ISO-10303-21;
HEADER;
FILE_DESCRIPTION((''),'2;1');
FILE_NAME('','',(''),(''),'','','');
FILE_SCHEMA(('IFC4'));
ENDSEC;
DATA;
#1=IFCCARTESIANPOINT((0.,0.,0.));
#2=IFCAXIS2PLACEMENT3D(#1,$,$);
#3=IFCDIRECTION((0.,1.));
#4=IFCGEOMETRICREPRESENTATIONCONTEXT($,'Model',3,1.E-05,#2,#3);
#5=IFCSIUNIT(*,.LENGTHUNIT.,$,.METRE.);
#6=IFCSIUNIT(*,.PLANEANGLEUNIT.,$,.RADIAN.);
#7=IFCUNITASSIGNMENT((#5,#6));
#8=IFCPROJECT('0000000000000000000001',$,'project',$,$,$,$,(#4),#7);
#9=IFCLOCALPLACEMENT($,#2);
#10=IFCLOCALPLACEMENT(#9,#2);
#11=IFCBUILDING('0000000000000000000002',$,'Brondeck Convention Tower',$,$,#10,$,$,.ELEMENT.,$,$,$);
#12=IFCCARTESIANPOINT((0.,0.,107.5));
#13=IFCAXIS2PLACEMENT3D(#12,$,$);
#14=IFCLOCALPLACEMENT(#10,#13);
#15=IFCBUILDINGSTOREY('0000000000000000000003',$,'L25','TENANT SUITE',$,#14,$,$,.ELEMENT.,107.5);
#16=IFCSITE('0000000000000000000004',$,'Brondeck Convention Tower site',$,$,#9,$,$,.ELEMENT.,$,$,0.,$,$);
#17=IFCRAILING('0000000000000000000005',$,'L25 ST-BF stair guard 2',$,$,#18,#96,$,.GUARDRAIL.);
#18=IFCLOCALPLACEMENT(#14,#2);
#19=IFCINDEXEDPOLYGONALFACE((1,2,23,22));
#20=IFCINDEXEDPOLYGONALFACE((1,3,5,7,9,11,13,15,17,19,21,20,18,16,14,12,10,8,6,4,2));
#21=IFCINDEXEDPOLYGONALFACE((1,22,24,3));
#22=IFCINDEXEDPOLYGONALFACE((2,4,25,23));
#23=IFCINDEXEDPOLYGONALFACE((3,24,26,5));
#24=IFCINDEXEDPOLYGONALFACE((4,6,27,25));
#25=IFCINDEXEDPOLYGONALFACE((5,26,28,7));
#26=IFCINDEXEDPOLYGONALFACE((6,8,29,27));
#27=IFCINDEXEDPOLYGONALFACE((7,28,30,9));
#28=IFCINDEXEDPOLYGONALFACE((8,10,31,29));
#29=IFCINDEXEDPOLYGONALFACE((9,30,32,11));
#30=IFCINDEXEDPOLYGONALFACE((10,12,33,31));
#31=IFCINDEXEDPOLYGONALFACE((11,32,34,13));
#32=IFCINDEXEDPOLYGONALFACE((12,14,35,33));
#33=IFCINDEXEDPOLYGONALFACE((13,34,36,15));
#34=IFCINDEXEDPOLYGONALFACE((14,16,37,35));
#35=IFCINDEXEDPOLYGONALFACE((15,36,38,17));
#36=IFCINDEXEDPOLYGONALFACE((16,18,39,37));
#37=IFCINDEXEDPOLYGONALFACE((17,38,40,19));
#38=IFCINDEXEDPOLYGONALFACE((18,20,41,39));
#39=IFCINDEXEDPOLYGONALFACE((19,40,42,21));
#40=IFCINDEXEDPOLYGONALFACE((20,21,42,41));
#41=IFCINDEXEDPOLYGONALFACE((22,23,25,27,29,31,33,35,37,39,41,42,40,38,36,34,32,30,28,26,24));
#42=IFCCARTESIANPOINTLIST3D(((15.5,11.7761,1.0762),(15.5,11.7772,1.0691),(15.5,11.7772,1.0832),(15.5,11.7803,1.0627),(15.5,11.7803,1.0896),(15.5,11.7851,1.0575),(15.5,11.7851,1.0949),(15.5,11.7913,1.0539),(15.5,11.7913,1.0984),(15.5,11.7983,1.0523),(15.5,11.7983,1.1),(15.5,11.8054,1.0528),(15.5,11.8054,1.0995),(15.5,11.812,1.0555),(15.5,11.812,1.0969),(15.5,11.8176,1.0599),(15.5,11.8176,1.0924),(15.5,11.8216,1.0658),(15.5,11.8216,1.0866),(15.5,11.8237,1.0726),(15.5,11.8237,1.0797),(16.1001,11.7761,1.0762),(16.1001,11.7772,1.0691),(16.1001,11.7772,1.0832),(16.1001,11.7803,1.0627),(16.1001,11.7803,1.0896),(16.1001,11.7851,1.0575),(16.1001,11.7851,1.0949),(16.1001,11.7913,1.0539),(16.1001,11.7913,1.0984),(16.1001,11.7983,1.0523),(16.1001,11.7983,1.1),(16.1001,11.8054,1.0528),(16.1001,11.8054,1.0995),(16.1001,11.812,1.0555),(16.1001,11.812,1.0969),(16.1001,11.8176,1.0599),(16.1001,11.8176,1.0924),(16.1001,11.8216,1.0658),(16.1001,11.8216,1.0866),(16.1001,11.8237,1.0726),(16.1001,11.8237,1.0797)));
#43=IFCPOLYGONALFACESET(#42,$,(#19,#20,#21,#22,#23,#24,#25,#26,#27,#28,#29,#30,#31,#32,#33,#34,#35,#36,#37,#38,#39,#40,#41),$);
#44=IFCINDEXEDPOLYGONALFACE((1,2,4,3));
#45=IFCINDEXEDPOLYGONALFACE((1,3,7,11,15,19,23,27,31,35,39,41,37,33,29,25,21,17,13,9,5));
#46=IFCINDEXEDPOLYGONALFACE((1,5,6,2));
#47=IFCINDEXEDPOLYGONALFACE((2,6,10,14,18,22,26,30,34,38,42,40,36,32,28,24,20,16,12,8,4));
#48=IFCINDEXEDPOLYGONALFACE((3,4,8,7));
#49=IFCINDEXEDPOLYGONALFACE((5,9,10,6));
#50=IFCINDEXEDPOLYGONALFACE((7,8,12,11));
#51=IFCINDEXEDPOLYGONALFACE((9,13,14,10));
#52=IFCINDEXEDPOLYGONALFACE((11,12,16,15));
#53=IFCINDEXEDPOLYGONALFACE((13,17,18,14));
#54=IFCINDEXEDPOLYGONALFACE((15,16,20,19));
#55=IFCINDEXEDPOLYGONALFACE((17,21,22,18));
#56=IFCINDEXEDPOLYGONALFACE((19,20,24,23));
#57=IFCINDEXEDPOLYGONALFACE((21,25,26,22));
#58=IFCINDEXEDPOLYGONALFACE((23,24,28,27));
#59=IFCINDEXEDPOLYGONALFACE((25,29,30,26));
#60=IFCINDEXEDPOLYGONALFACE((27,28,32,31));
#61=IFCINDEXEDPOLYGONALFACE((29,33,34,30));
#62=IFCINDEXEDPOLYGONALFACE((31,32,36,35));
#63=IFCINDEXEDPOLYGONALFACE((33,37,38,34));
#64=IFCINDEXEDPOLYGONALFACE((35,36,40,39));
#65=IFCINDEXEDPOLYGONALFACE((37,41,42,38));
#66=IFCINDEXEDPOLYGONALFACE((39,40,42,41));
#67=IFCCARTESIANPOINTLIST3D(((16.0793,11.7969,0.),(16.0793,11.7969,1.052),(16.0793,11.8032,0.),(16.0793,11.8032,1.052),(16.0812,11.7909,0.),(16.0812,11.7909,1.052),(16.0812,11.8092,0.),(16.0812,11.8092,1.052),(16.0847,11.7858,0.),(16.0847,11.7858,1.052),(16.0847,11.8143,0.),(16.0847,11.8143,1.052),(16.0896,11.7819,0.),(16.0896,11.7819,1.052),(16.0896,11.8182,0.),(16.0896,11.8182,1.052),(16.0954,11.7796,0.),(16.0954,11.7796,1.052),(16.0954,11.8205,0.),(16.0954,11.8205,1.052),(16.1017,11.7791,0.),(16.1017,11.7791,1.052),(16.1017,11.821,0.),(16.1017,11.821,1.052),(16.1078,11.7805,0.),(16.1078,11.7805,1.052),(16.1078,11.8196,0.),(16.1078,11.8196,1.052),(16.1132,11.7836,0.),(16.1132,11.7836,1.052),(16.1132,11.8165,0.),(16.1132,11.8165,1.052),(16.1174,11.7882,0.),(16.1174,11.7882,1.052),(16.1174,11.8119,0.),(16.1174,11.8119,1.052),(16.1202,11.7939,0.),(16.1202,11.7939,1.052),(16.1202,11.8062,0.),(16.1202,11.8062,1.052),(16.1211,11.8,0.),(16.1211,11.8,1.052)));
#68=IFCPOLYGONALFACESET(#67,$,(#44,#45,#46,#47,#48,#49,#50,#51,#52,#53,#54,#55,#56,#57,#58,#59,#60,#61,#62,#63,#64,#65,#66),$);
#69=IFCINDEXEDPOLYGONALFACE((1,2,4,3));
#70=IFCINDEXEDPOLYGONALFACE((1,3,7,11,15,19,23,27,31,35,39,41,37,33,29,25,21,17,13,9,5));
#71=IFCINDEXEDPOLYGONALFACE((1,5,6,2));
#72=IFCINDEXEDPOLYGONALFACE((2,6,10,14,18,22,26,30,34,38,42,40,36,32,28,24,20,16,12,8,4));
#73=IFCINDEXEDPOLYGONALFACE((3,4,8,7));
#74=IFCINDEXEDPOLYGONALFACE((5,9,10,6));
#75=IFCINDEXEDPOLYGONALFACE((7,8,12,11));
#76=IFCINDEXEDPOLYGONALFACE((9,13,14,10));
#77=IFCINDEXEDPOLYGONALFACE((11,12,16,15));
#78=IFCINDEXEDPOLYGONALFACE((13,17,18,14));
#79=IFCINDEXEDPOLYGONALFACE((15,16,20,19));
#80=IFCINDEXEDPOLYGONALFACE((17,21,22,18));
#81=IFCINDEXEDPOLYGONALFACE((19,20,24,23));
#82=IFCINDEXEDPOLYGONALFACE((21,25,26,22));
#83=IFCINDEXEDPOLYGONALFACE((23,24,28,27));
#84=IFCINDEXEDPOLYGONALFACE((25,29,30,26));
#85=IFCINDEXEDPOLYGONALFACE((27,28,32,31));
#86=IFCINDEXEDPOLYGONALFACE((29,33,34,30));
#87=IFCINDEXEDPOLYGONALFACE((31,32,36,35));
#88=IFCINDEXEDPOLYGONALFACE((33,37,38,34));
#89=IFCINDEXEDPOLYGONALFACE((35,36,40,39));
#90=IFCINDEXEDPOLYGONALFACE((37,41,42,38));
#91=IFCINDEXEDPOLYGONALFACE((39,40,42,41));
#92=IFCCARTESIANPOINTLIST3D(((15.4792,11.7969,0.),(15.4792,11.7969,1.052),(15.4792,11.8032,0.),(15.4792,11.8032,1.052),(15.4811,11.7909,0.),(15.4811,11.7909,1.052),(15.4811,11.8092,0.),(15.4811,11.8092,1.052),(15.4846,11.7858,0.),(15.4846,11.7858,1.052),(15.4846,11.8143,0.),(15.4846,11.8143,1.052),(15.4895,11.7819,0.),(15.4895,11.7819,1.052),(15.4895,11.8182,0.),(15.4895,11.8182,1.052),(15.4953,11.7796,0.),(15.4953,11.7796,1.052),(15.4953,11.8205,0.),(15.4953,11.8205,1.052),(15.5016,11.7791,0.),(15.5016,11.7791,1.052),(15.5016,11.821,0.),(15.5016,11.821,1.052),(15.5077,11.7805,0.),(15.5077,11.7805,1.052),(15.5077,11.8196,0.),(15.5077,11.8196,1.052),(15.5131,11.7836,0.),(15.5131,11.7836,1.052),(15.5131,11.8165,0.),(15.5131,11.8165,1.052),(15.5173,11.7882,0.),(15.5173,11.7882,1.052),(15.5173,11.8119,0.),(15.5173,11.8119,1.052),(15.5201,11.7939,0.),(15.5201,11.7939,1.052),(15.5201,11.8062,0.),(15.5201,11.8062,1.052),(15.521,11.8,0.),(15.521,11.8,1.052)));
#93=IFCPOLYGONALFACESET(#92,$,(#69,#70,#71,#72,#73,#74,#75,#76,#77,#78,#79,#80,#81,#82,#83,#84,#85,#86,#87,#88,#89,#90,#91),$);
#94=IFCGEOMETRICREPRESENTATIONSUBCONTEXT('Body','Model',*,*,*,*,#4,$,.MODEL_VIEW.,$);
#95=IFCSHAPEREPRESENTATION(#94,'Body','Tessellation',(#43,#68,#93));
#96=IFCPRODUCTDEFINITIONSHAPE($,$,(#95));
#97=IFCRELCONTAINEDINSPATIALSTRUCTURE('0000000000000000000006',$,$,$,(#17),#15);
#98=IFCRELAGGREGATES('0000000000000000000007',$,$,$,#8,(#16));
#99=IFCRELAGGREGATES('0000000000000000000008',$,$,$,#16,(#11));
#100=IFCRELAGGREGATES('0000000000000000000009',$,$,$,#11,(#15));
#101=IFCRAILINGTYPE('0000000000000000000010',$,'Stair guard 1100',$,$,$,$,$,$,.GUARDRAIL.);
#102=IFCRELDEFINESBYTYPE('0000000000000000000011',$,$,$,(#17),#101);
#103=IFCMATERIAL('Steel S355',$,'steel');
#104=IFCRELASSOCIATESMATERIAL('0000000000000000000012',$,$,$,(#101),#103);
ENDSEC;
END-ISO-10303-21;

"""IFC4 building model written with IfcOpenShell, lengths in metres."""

from ifc_helpers import new_model, si_unit, direction, frame, origin, origin_2d, place, context, subcontext, project, spatial, circle, extrude, material, type_object, element, save


model = new_model("IFC4")

# Units and contexts
model_context = context("Model", 3, precision=1e-05, world=origin(), true_north=direction((0.0, 1.0)))
body_context = subcontext(model_context, "Body", "Model", "MODEL_VIEW")
ifc_project = project(units=[si_unit("LENGTHUNIT", "METRE"), si_unit("PLANEANGLEUNIT", "RADIAN")], contexts=[model_context])

# Site, building, storey
site_placement = place(None, origin())
site = spatial("IfcSite", under=ifc_project, at=site_placement, Name="Brondeck Convention Tower site", CompositionType="ELEMENT", RefElevation=0.0)
building_placement = place(site_placement, origin())
building = spatial("IfcBuilding", under=site, at=building_placement, Name="Brondeck Convention Tower", CompositionType="ELEMENT")
storey_placement = place(building_placement, frame((0.0, 0.0, 107.5)))
storey = spatial("IfcBuildingStorey", under=building, at=storey_placement, Name="L25", Description="TENANT SUITE", CompositionType="ELEMENT", Elevation=107.5)

# Shared definitions
ifc_material_1 = material(Name="Steel S355", Category="steel")

# Railing
railing_type_1 = type_object("IfcRailingType", Name="Stair guard 1100", PredefinedType="GUARDRAIL", material=ifc_material_1)
railing_1_placement = place(storey_placement, frame((16.1001, 11.8, 0.0)))
element("IfcRailing", 1, at=railing_1_placement, inside=storey, type_object=railing_type_1, Name="L25 ST-BF stair guard 2", PredefinedType="GUARDRAIL", context=body_context, shape_type="SweptSolid", body=[
    extrude(circle(Radius=0.0239, at=origin_2d()), frame((0.0, 0.0, 1.0762), z_axis=(-1.0, 0.0, 0.0), x_axis=(0.0, -1.0, 0.0)), (0.0, 0.0, 1.0), 0.6001),
    extrude(circle(Radius=0.021, at=origin_2d()), origin(), (0.0, 0.0, 1.0), 1.052),
    extrude(circle(Radius=0.021, at=origin_2d()), frame((-0.6001, 0.0, 0.0)), (0.0, 0.0, 1.0), 1.052),
])

save(model, "model.ifc")
